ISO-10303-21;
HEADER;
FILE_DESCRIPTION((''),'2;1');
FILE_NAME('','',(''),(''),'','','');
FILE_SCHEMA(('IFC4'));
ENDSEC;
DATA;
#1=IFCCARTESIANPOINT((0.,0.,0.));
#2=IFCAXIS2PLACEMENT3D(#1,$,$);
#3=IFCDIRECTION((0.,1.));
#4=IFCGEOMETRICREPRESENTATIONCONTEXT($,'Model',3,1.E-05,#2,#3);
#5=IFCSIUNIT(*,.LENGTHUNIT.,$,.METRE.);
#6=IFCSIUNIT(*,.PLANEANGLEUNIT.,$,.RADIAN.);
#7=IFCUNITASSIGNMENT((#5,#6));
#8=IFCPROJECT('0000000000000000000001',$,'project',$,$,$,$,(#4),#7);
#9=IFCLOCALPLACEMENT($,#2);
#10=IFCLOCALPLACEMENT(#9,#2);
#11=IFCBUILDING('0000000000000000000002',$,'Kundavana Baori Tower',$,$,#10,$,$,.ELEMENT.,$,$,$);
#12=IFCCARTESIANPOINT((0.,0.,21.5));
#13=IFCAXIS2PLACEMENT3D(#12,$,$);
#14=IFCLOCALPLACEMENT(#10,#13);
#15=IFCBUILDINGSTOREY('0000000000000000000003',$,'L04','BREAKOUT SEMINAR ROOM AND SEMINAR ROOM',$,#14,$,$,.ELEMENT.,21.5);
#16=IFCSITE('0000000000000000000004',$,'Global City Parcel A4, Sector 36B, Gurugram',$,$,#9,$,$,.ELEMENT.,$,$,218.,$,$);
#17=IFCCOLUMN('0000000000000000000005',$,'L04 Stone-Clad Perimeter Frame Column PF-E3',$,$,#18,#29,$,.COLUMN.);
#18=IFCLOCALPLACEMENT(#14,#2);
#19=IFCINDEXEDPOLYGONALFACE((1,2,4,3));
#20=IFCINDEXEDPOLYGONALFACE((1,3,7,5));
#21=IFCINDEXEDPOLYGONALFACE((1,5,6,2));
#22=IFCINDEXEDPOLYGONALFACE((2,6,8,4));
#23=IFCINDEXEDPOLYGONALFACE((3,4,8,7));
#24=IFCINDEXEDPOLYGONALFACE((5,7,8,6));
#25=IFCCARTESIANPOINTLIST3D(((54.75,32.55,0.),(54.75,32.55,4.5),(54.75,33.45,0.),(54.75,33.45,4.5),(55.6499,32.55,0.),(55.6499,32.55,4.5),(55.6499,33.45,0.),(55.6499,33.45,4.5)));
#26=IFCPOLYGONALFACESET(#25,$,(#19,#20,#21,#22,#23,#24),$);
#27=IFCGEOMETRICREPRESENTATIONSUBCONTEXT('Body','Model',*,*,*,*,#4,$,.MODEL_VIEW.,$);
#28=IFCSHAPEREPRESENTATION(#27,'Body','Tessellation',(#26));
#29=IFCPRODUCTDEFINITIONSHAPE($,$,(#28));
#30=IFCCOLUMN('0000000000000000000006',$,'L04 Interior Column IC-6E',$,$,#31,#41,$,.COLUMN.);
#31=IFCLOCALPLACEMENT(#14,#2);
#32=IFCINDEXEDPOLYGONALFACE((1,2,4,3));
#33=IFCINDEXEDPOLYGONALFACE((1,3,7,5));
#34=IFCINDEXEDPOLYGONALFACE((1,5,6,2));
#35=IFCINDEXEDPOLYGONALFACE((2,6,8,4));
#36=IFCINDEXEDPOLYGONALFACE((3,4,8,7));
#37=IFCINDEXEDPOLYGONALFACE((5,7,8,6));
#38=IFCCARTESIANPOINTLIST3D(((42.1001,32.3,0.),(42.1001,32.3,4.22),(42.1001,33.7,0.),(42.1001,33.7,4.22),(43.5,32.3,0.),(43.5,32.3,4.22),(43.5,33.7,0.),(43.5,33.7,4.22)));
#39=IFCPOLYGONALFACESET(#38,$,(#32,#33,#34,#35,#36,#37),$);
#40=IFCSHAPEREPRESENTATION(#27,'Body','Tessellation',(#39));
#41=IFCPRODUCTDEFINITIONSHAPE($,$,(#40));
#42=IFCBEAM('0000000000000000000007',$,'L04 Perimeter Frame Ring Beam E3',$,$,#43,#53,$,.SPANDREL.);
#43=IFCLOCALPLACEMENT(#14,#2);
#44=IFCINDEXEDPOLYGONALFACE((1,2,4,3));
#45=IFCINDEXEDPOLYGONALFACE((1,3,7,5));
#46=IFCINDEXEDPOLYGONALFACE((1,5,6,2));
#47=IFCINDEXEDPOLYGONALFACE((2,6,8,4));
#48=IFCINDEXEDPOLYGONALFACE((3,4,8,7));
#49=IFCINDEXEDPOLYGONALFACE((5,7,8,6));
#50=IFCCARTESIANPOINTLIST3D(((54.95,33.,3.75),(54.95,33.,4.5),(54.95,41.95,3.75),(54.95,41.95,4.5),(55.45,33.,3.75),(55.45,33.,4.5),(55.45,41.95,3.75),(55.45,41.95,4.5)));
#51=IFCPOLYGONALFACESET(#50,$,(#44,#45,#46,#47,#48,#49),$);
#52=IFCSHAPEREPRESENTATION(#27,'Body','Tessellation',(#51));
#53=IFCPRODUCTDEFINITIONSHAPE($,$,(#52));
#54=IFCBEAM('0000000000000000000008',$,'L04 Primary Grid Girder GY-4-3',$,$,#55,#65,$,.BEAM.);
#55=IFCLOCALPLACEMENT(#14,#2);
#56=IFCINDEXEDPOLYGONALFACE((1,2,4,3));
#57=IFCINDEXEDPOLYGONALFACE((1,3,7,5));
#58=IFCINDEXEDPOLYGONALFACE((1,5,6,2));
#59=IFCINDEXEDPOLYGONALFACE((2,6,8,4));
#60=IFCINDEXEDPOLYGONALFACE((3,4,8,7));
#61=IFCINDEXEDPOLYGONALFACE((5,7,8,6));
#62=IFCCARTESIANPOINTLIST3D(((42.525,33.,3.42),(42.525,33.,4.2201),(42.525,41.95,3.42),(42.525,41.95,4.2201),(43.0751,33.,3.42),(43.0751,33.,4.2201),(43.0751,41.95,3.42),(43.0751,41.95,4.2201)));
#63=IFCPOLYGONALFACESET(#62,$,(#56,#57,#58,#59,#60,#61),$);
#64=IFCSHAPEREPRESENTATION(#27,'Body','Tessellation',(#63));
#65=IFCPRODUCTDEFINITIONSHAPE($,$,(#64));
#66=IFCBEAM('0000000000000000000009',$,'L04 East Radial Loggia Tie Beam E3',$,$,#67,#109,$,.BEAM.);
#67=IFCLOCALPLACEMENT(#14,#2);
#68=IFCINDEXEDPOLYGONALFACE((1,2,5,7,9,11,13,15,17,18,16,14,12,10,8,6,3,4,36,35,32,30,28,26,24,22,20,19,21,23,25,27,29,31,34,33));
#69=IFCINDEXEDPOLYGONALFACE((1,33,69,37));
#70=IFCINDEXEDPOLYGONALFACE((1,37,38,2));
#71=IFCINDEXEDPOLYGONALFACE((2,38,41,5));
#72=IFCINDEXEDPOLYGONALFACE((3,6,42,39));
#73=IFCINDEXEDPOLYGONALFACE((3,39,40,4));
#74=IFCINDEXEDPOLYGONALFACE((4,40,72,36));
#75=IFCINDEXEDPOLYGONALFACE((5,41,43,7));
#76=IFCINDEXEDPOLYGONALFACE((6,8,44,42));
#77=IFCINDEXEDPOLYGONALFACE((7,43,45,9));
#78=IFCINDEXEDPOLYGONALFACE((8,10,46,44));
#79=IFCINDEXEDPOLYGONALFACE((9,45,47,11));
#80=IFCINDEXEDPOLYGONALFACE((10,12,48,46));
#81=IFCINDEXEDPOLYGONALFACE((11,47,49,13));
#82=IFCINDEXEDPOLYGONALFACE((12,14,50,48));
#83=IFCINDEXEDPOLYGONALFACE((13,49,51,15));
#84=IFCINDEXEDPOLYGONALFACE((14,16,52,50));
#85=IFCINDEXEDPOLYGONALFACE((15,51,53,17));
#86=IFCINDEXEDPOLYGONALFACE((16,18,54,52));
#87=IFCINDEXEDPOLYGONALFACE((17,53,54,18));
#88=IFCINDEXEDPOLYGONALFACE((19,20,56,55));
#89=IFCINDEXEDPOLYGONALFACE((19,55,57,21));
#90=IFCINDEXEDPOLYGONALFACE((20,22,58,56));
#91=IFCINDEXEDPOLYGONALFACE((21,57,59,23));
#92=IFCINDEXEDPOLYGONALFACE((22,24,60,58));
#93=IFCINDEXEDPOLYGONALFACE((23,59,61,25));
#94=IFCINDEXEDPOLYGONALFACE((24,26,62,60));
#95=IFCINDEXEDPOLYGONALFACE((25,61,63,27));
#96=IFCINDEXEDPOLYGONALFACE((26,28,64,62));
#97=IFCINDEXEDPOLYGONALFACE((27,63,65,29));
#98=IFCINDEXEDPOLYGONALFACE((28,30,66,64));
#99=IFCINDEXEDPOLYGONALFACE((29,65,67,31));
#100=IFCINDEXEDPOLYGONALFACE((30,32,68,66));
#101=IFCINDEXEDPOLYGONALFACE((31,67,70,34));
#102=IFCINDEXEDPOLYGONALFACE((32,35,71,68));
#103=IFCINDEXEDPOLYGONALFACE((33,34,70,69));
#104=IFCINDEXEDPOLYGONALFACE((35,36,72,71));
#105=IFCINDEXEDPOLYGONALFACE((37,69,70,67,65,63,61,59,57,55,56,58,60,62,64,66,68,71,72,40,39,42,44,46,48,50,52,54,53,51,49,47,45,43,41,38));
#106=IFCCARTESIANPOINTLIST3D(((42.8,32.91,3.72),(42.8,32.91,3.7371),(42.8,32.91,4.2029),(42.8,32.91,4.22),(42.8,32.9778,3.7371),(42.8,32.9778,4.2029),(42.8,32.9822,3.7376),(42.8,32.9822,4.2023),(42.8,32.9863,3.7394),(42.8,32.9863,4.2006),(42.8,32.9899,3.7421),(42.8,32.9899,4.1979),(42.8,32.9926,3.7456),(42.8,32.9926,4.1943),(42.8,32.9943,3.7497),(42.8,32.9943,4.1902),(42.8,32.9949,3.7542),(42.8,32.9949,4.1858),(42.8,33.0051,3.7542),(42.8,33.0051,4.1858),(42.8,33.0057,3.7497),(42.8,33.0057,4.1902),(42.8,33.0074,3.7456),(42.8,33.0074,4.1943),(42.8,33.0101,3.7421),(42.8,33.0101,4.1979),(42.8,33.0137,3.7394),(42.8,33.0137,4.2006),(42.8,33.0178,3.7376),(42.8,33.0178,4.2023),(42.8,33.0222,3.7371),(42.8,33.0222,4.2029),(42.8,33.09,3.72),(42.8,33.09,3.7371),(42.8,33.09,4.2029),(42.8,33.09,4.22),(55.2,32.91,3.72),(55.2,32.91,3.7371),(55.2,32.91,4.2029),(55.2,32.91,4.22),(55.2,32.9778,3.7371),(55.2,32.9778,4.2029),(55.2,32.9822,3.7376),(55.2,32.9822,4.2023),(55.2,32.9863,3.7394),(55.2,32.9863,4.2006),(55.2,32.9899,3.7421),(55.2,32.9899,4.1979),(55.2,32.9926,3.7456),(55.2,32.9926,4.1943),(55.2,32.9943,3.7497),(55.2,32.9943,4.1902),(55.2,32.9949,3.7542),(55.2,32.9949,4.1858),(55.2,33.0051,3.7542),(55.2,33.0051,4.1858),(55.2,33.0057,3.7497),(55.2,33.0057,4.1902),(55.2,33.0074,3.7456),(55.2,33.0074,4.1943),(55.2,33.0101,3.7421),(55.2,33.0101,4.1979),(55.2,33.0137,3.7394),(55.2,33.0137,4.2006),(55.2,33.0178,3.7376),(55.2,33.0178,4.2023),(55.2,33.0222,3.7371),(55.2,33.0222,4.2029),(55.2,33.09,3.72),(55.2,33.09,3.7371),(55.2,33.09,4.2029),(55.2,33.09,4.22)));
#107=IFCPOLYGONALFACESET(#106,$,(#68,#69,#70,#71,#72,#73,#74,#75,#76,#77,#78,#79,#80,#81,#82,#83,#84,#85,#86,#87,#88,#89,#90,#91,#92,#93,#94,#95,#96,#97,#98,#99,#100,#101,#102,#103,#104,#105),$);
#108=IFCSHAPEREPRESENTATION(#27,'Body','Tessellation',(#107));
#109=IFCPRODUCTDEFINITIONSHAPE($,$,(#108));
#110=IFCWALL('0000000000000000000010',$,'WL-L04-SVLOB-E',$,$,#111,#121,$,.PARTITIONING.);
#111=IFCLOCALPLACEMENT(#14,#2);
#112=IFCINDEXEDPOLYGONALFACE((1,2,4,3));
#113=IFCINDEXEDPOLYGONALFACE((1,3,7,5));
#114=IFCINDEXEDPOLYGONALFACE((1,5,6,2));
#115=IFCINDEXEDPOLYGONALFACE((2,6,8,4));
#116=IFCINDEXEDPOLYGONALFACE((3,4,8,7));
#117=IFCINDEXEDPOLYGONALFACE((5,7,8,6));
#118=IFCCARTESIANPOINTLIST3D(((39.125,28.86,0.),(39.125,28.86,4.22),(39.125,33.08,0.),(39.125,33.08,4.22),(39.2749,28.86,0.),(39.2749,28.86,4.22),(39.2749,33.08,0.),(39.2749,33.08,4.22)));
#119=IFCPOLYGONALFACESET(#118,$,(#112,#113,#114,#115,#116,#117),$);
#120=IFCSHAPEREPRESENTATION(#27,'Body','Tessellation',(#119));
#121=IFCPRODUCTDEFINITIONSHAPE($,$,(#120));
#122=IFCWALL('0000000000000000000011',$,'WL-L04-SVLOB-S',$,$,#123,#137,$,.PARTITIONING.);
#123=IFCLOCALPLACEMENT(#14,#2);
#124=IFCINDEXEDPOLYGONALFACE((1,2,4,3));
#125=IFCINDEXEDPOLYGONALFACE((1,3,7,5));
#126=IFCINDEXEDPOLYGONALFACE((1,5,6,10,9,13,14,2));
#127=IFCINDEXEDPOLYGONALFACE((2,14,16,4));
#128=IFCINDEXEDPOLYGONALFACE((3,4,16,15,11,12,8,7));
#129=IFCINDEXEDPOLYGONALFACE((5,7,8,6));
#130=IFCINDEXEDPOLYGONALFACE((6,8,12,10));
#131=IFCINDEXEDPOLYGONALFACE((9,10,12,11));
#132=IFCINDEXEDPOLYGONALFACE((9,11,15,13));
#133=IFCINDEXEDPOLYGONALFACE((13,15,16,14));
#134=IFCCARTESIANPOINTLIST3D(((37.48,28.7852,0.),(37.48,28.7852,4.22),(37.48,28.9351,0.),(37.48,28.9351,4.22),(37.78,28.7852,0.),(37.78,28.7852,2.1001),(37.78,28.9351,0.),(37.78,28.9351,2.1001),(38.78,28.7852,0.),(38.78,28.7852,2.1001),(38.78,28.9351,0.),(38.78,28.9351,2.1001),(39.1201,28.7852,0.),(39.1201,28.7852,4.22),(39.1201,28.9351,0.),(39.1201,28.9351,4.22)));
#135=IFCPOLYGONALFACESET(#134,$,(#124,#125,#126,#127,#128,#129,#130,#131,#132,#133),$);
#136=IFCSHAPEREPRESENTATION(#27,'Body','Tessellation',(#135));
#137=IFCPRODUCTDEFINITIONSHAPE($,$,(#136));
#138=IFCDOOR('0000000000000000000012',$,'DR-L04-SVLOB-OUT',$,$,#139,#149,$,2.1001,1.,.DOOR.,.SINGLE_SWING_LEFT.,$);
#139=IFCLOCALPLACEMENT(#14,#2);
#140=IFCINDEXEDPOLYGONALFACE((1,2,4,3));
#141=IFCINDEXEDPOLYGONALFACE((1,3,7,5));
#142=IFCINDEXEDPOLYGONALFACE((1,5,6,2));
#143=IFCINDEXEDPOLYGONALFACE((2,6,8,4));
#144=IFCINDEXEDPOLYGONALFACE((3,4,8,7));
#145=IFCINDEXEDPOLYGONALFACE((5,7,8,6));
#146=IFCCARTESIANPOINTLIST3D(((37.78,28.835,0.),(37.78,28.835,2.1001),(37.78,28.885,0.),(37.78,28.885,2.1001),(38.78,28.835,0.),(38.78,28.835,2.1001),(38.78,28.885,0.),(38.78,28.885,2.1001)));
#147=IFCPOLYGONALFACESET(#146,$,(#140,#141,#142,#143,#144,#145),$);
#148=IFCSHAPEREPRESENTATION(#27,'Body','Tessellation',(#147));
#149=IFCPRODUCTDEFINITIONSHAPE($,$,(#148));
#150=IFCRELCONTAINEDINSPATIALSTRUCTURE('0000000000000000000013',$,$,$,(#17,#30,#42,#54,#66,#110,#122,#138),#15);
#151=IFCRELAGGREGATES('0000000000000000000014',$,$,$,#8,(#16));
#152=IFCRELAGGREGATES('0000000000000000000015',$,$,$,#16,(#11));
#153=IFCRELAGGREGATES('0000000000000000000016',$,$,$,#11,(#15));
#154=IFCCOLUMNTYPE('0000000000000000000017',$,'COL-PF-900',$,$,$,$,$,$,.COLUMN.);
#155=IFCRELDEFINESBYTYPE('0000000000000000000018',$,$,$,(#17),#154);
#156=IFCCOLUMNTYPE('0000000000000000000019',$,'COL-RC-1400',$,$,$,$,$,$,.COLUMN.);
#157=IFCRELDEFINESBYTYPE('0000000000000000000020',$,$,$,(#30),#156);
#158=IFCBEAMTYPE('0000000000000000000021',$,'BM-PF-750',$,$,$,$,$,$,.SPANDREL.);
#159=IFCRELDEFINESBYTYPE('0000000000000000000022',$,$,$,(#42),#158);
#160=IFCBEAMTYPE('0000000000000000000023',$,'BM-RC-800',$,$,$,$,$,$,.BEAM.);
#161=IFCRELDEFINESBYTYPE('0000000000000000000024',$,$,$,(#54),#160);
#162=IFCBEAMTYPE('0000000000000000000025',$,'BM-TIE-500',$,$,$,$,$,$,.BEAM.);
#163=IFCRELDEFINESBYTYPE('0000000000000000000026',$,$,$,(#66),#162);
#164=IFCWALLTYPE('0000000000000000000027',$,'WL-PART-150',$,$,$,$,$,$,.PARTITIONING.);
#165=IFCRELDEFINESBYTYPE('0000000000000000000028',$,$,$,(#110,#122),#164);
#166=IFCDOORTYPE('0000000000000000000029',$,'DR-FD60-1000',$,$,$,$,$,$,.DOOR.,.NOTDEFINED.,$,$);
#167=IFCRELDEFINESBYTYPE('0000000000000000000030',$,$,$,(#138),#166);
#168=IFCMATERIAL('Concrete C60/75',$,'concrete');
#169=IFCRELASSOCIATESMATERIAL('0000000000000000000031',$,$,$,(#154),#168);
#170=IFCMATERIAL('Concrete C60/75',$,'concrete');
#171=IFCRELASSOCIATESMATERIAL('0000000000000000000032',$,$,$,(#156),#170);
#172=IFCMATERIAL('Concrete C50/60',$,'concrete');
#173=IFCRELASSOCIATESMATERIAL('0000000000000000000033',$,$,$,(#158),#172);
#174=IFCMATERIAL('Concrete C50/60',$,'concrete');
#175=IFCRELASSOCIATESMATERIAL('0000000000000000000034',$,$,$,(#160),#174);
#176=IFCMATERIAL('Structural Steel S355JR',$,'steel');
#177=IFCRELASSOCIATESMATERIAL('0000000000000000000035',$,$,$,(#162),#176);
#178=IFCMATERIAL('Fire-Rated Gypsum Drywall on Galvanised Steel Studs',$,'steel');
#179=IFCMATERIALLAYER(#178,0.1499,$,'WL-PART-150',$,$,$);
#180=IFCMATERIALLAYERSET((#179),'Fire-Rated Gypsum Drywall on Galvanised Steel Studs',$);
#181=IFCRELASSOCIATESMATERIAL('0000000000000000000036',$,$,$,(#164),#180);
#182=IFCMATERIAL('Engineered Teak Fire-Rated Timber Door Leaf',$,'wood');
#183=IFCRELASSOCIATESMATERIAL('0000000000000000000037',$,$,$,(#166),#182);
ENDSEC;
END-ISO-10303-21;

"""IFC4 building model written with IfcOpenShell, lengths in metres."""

from ifc_helpers import new_model, si_unit, direction, frame, frame_2d, origin, origin_2d, place, context, subcontext, project, spatial, rectangle, i_section, extrude, material, layer, layer_set, material_profile, profile_set, type_object, element, fill, save


model = new_model("IFC4")

# Units and contexts
model_context = context("Model", 3, precision=1e-05, world=origin(), true_north=direction((0.0, 1.0)))
body_context = subcontext(model_context, "Body", "Model", "MODEL_VIEW")
ifc_project = project(units=[si_unit("LENGTHUNIT", "METRE"), si_unit("PLANEANGLEUNIT", "RADIAN")], contexts=[model_context])

# Site, building, storey
site_placement = place(None, origin())
site = spatial("IfcSite", under=ifc_project, at=site_placement, Name="Global City Parcel A4, Sector 36B, Gurugram", CompositionType="ELEMENT", RefElevation=218.0)
building_placement = place(site_placement, origin())
building = spatial("IfcBuilding", under=site, at=building_placement, Name="Kundavana Baori Tower", CompositionType="ELEMENT")
storey_placement = place(building_placement, frame((0.0, 0.0, 21.5)))
storey = spatial("IfcBuildingStorey", under=building, at=storey_placement, Name="L04", Description="BREAKOUT SEMINAR ROOM AND SEMINAR ROOM", CompositionType="ELEMENT", Elevation=21.5)

# Columns
ifc_material_1 = material(Name="Concrete C60/75", Category="concrete")
ifc_material_profile_1 = material_profile(ifc_material_1, rectangle(XDim=0.8999, YDim=0.8999, at=origin_2d()), Name="RC PF 900x900")
ifc_profile_set_1 = profile_set([ifc_material_profile_1], Name="Concrete C60/75")
column_type_1 = type_object("IfcColumnType", Name="COL-PF-900", PredefinedType="COLUMN", material=ifc_profile_set_1)
column_1_placement = place(storey_placement, frame((55.2, 33.0, 0.0), z_axis=(0.0, 0.0, 1.0), x_axis=(1.0, 0.0, 0.0)))
element("IfcColumn", 1, at=column_1_placement, inside=storey, type_object=column_type_1, Name="L04 Stone-Clad Perimeter Frame Column PF-E3", PredefinedType="COLUMN", context=body_context, shape_type="SweptSolid", body=[
    extrude(rectangle(XDim=0.8999, YDim=0.8999, at=origin_2d()), origin(), (0.0, 0.0, 1.0), 4.5),
])
ifc_material_2 = material(Name="Concrete C60/75", Category="concrete")
ifc_material_profile_2 = material_profile(ifc_material_2, rectangle(XDim=1.3999, YDim=1.3999, at=origin_2d()), Name="RC 1400x1400")
ifc_profile_set_2 = profile_set([ifc_material_profile_2], Name="Concrete C60/75")
column_type_2 = type_object("IfcColumnType", Name="COL-RC-1400", PredefinedType="COLUMN", material=ifc_profile_set_2)
column_2_placement = place(storey_placement, frame((42.8, 33.0, 0.0), z_axis=(0.0, 0.0, 1.0), x_axis=(1.0, 0.0, 0.0)))
element("IfcColumn", 2, at=column_2_placement, inside=storey, type_object=column_type_2, Name="L04 Interior Column IC-6E", PredefinedType="COLUMN", context=body_context, shape_type="SweptSolid", body=[
    extrude(rectangle(XDim=1.3999, YDim=1.3999, at=origin_2d()), origin(), (0.0, 0.0, 1.0), 4.22),
])

# Beams
ifc_material_3 = material(Name="Concrete C50/60", Category="concrete")
ifc_material_profile_3 = material_profile(ifc_material_3, rectangle(XDim=0.5, YDim=0.75, at=origin_2d()), Name="RC BM 500x750")
ifc_profile_set_3 = profile_set([ifc_material_profile_3], Name="Concrete C50/60")
beam_type_1 = type_object("IfcBeamType", Name="BM-PF-750", PredefinedType="SPANDREL", material=ifc_profile_set_3)
beam_1_placement = place(storey_placement, frame((55.2, 33.0, 4.125), z_axis=(0.0, 1.0, 0.0), x_axis=(-1.0, 0.0, 0.0)))
element("IfcBeam", 3, at=beam_1_placement, inside=storey, type_object=beam_type_1, Name="L04 Perimeter Frame Ring Beam E3", PredefinedType="SPANDREL", context=body_context, shape_type="SweptSolid", body=[
    extrude(rectangle(XDim=0.5, YDim=0.75, at=origin_2d()), origin(), (0.0, 0.0, 1.0), 8.95),
])
ifc_material_4 = material(Name="Concrete C50/60", Category="concrete")
ifc_material_profile_4 = material_profile(ifc_material_4, rectangle(XDim=0.55, YDim=0.8, at=origin_2d()), Name="RC BM 550x800")
ifc_profile_set_4 = profile_set([ifc_material_profile_4], Name="Concrete C50/60")
beam_type_2 = type_object("IfcBeamType", Name="BM-RC-800", PredefinedType="BEAM", material=ifc_profile_set_4)
beam_2_placement = place(storey_placement, frame((42.8, 33.0, 3.8201), z_axis=(0.0, 1.0, 0.0), x_axis=(-1.0, 0.0, 0.0)))
element("IfcBeam", 4, at=beam_2_placement, inside=storey, type_object=beam_type_2, Name="L04 Primary Grid Girder GY-4-3", PredefinedType="BEAM", context=body_context, shape_type="SweptSolid", body=[
    extrude(rectangle(XDim=0.55, YDim=0.8, at=origin_2d()), origin(), (0.0, 0.0, 1.0), 8.95),
])
ifc_material_5 = material(Name="Structural Steel S355JR", Category="steel")
ifc_material_profile_5 = material_profile(ifc_material_5, i_section(OverallWidth=0.1799, OverallDepth=0.5, WebThickness=0.0103, FlangeThickness=0.0171, FilletRadius=0.0171, at=origin_2d()), Name="ISMB 500")
ifc_profile_set_5 = profile_set([ifc_material_profile_5], Name="Structural Steel S355JR")
beam_type_3 = type_object("IfcBeamType", Name="BM-TIE-500", PredefinedType="BEAM", material=ifc_profile_set_5)
beam_3_placement = place(storey_placement, frame((42.8, 33.0, 3.97), z_axis=(1.0, 0.0, 0.0), x_axis=(0.0, 1.0, 0.0)))
element("IfcBeam", 5, at=beam_3_placement, inside=storey, type_object=beam_type_3, Name="L04 East Radial Loggia Tie Beam E3", PredefinedType="BEAM", context=body_context, shape_type="SweptSolid", body=[
    extrude(i_section(OverallWidth=0.1799, OverallDepth=0.5, WebThickness=0.0103, FlangeThickness=0.0171, FilletRadius=0.0171, at=origin_2d()), origin(), (0.0, 0.0, 1.0), 12.3999),
])

# Wall
ifc_material_6 = material(Name="Fire-Rated Gypsum Drywall on Galvanised Steel Studs", Category="steel")
ifc_layer_1 = layer(ifc_material_6, 0.1499, Name="WL-PART-150")
ifc_layer_set_1 = layer_set([ifc_layer_1], Name="Fire-Rated Gypsum Drywall on Galvanised Steel Studs")
wall_type_1 = type_object("IfcWallType", Name="WL-PART-150", PredefinedType="PARTITIONING", material=ifc_layer_set_1)
wall_1_placement = place(storey_placement, frame((39.2, 28.8601, 0.0), z_axis=(0.0, 0.0, 1.0), x_axis=(0.0, 1.0, 0.0)))
element("IfcWall", 6, at=wall_1_placement, inside=storey, type_object=wall_type_1, Name="WL-L04-SVLOB-E", PredefinedType="PARTITIONING", context=body_context, shape_type="SweptSolid", body=[
    extrude(rectangle(XDim=4.22, YDim=0.1499, at=frame_2d((2.1099, 0.0))), origin(), (0.0, 0.0, 1.0), 4.22),
])

# Wall, opening, door
wall_2_placement = place(storey_placement, frame((37.48, 28.8601, 0.0), z_axis=(0.0, 0.0, 1.0), x_axis=(1.0, 0.0, 0.0)))
wall_2 = element("IfcWall", 7, at=wall_2_placement, inside=storey, type_object=wall_type_1, Name="WL-L04-SVLOB-S", PredefinedType="PARTITIONING", context=body_context, shape_type="SweptSolid", body=[
    extrude(rectangle(XDim=1.6401, YDim=0.1499, at=frame_2d((0.8201, 0.0))), origin(), (0.0, 0.0, 1.0), 4.22),
])
opening_1_placement = place(wall_2_placement, frame((0.3, 0.0, 0.0)))
opening_1 = element("IfcOpeningElement", 8, at=opening_1_placement, cuts=wall_2, PredefinedType="OPENING", context=body_context, shape_type="SweptSolid", body=[
    extrude(rectangle(XDim=1.0, YDim=2.1001, at=frame_2d((0.5, 1.05))), frame((0.0, 0.085, 0.0), z_axis=(0.0, -1.0, 0.0), x_axis=(1.0, 0.0, 0.0)), (0.0, 0.0, 1.0), 0.1699),
])
ifc_material_7 = material(Name="Engineered Teak Fire-Rated Timber Door Leaf", Category="wood")
door_type_1 = type_object("IfcDoorType", Name="DR-FD60-1000", OperationType="NOTDEFINED", PredefinedType="DOOR", material=ifc_material_7)
door_1_placement = place(opening_1_placement, origin())
door_1 = element("IfcDoor", 9, at=door_1_placement, inside=storey, type_object=door_type_1, Name="DR-L04-SVLOB-OUT", OperationType="SINGLE_SWING_LEFT", OverallHeight=2.1001, OverallWidth=1.0, PredefinedType="DOOR", context=body_context, shape_type="SweptSolid", body=[
    extrude(rectangle(XDim=1.0, YDim=2.1001, at=frame_2d((0.5, 1.05))), frame((0.0, 0.0249, 0.0), z_axis=(0.0, -1.0, 0.0), x_axis=(1.0, 0.0, 0.0)), (0.0, 0.0, 1.0), 0.05),
])
fill(opening_1, door_1)

save(model, "model.ifc")
